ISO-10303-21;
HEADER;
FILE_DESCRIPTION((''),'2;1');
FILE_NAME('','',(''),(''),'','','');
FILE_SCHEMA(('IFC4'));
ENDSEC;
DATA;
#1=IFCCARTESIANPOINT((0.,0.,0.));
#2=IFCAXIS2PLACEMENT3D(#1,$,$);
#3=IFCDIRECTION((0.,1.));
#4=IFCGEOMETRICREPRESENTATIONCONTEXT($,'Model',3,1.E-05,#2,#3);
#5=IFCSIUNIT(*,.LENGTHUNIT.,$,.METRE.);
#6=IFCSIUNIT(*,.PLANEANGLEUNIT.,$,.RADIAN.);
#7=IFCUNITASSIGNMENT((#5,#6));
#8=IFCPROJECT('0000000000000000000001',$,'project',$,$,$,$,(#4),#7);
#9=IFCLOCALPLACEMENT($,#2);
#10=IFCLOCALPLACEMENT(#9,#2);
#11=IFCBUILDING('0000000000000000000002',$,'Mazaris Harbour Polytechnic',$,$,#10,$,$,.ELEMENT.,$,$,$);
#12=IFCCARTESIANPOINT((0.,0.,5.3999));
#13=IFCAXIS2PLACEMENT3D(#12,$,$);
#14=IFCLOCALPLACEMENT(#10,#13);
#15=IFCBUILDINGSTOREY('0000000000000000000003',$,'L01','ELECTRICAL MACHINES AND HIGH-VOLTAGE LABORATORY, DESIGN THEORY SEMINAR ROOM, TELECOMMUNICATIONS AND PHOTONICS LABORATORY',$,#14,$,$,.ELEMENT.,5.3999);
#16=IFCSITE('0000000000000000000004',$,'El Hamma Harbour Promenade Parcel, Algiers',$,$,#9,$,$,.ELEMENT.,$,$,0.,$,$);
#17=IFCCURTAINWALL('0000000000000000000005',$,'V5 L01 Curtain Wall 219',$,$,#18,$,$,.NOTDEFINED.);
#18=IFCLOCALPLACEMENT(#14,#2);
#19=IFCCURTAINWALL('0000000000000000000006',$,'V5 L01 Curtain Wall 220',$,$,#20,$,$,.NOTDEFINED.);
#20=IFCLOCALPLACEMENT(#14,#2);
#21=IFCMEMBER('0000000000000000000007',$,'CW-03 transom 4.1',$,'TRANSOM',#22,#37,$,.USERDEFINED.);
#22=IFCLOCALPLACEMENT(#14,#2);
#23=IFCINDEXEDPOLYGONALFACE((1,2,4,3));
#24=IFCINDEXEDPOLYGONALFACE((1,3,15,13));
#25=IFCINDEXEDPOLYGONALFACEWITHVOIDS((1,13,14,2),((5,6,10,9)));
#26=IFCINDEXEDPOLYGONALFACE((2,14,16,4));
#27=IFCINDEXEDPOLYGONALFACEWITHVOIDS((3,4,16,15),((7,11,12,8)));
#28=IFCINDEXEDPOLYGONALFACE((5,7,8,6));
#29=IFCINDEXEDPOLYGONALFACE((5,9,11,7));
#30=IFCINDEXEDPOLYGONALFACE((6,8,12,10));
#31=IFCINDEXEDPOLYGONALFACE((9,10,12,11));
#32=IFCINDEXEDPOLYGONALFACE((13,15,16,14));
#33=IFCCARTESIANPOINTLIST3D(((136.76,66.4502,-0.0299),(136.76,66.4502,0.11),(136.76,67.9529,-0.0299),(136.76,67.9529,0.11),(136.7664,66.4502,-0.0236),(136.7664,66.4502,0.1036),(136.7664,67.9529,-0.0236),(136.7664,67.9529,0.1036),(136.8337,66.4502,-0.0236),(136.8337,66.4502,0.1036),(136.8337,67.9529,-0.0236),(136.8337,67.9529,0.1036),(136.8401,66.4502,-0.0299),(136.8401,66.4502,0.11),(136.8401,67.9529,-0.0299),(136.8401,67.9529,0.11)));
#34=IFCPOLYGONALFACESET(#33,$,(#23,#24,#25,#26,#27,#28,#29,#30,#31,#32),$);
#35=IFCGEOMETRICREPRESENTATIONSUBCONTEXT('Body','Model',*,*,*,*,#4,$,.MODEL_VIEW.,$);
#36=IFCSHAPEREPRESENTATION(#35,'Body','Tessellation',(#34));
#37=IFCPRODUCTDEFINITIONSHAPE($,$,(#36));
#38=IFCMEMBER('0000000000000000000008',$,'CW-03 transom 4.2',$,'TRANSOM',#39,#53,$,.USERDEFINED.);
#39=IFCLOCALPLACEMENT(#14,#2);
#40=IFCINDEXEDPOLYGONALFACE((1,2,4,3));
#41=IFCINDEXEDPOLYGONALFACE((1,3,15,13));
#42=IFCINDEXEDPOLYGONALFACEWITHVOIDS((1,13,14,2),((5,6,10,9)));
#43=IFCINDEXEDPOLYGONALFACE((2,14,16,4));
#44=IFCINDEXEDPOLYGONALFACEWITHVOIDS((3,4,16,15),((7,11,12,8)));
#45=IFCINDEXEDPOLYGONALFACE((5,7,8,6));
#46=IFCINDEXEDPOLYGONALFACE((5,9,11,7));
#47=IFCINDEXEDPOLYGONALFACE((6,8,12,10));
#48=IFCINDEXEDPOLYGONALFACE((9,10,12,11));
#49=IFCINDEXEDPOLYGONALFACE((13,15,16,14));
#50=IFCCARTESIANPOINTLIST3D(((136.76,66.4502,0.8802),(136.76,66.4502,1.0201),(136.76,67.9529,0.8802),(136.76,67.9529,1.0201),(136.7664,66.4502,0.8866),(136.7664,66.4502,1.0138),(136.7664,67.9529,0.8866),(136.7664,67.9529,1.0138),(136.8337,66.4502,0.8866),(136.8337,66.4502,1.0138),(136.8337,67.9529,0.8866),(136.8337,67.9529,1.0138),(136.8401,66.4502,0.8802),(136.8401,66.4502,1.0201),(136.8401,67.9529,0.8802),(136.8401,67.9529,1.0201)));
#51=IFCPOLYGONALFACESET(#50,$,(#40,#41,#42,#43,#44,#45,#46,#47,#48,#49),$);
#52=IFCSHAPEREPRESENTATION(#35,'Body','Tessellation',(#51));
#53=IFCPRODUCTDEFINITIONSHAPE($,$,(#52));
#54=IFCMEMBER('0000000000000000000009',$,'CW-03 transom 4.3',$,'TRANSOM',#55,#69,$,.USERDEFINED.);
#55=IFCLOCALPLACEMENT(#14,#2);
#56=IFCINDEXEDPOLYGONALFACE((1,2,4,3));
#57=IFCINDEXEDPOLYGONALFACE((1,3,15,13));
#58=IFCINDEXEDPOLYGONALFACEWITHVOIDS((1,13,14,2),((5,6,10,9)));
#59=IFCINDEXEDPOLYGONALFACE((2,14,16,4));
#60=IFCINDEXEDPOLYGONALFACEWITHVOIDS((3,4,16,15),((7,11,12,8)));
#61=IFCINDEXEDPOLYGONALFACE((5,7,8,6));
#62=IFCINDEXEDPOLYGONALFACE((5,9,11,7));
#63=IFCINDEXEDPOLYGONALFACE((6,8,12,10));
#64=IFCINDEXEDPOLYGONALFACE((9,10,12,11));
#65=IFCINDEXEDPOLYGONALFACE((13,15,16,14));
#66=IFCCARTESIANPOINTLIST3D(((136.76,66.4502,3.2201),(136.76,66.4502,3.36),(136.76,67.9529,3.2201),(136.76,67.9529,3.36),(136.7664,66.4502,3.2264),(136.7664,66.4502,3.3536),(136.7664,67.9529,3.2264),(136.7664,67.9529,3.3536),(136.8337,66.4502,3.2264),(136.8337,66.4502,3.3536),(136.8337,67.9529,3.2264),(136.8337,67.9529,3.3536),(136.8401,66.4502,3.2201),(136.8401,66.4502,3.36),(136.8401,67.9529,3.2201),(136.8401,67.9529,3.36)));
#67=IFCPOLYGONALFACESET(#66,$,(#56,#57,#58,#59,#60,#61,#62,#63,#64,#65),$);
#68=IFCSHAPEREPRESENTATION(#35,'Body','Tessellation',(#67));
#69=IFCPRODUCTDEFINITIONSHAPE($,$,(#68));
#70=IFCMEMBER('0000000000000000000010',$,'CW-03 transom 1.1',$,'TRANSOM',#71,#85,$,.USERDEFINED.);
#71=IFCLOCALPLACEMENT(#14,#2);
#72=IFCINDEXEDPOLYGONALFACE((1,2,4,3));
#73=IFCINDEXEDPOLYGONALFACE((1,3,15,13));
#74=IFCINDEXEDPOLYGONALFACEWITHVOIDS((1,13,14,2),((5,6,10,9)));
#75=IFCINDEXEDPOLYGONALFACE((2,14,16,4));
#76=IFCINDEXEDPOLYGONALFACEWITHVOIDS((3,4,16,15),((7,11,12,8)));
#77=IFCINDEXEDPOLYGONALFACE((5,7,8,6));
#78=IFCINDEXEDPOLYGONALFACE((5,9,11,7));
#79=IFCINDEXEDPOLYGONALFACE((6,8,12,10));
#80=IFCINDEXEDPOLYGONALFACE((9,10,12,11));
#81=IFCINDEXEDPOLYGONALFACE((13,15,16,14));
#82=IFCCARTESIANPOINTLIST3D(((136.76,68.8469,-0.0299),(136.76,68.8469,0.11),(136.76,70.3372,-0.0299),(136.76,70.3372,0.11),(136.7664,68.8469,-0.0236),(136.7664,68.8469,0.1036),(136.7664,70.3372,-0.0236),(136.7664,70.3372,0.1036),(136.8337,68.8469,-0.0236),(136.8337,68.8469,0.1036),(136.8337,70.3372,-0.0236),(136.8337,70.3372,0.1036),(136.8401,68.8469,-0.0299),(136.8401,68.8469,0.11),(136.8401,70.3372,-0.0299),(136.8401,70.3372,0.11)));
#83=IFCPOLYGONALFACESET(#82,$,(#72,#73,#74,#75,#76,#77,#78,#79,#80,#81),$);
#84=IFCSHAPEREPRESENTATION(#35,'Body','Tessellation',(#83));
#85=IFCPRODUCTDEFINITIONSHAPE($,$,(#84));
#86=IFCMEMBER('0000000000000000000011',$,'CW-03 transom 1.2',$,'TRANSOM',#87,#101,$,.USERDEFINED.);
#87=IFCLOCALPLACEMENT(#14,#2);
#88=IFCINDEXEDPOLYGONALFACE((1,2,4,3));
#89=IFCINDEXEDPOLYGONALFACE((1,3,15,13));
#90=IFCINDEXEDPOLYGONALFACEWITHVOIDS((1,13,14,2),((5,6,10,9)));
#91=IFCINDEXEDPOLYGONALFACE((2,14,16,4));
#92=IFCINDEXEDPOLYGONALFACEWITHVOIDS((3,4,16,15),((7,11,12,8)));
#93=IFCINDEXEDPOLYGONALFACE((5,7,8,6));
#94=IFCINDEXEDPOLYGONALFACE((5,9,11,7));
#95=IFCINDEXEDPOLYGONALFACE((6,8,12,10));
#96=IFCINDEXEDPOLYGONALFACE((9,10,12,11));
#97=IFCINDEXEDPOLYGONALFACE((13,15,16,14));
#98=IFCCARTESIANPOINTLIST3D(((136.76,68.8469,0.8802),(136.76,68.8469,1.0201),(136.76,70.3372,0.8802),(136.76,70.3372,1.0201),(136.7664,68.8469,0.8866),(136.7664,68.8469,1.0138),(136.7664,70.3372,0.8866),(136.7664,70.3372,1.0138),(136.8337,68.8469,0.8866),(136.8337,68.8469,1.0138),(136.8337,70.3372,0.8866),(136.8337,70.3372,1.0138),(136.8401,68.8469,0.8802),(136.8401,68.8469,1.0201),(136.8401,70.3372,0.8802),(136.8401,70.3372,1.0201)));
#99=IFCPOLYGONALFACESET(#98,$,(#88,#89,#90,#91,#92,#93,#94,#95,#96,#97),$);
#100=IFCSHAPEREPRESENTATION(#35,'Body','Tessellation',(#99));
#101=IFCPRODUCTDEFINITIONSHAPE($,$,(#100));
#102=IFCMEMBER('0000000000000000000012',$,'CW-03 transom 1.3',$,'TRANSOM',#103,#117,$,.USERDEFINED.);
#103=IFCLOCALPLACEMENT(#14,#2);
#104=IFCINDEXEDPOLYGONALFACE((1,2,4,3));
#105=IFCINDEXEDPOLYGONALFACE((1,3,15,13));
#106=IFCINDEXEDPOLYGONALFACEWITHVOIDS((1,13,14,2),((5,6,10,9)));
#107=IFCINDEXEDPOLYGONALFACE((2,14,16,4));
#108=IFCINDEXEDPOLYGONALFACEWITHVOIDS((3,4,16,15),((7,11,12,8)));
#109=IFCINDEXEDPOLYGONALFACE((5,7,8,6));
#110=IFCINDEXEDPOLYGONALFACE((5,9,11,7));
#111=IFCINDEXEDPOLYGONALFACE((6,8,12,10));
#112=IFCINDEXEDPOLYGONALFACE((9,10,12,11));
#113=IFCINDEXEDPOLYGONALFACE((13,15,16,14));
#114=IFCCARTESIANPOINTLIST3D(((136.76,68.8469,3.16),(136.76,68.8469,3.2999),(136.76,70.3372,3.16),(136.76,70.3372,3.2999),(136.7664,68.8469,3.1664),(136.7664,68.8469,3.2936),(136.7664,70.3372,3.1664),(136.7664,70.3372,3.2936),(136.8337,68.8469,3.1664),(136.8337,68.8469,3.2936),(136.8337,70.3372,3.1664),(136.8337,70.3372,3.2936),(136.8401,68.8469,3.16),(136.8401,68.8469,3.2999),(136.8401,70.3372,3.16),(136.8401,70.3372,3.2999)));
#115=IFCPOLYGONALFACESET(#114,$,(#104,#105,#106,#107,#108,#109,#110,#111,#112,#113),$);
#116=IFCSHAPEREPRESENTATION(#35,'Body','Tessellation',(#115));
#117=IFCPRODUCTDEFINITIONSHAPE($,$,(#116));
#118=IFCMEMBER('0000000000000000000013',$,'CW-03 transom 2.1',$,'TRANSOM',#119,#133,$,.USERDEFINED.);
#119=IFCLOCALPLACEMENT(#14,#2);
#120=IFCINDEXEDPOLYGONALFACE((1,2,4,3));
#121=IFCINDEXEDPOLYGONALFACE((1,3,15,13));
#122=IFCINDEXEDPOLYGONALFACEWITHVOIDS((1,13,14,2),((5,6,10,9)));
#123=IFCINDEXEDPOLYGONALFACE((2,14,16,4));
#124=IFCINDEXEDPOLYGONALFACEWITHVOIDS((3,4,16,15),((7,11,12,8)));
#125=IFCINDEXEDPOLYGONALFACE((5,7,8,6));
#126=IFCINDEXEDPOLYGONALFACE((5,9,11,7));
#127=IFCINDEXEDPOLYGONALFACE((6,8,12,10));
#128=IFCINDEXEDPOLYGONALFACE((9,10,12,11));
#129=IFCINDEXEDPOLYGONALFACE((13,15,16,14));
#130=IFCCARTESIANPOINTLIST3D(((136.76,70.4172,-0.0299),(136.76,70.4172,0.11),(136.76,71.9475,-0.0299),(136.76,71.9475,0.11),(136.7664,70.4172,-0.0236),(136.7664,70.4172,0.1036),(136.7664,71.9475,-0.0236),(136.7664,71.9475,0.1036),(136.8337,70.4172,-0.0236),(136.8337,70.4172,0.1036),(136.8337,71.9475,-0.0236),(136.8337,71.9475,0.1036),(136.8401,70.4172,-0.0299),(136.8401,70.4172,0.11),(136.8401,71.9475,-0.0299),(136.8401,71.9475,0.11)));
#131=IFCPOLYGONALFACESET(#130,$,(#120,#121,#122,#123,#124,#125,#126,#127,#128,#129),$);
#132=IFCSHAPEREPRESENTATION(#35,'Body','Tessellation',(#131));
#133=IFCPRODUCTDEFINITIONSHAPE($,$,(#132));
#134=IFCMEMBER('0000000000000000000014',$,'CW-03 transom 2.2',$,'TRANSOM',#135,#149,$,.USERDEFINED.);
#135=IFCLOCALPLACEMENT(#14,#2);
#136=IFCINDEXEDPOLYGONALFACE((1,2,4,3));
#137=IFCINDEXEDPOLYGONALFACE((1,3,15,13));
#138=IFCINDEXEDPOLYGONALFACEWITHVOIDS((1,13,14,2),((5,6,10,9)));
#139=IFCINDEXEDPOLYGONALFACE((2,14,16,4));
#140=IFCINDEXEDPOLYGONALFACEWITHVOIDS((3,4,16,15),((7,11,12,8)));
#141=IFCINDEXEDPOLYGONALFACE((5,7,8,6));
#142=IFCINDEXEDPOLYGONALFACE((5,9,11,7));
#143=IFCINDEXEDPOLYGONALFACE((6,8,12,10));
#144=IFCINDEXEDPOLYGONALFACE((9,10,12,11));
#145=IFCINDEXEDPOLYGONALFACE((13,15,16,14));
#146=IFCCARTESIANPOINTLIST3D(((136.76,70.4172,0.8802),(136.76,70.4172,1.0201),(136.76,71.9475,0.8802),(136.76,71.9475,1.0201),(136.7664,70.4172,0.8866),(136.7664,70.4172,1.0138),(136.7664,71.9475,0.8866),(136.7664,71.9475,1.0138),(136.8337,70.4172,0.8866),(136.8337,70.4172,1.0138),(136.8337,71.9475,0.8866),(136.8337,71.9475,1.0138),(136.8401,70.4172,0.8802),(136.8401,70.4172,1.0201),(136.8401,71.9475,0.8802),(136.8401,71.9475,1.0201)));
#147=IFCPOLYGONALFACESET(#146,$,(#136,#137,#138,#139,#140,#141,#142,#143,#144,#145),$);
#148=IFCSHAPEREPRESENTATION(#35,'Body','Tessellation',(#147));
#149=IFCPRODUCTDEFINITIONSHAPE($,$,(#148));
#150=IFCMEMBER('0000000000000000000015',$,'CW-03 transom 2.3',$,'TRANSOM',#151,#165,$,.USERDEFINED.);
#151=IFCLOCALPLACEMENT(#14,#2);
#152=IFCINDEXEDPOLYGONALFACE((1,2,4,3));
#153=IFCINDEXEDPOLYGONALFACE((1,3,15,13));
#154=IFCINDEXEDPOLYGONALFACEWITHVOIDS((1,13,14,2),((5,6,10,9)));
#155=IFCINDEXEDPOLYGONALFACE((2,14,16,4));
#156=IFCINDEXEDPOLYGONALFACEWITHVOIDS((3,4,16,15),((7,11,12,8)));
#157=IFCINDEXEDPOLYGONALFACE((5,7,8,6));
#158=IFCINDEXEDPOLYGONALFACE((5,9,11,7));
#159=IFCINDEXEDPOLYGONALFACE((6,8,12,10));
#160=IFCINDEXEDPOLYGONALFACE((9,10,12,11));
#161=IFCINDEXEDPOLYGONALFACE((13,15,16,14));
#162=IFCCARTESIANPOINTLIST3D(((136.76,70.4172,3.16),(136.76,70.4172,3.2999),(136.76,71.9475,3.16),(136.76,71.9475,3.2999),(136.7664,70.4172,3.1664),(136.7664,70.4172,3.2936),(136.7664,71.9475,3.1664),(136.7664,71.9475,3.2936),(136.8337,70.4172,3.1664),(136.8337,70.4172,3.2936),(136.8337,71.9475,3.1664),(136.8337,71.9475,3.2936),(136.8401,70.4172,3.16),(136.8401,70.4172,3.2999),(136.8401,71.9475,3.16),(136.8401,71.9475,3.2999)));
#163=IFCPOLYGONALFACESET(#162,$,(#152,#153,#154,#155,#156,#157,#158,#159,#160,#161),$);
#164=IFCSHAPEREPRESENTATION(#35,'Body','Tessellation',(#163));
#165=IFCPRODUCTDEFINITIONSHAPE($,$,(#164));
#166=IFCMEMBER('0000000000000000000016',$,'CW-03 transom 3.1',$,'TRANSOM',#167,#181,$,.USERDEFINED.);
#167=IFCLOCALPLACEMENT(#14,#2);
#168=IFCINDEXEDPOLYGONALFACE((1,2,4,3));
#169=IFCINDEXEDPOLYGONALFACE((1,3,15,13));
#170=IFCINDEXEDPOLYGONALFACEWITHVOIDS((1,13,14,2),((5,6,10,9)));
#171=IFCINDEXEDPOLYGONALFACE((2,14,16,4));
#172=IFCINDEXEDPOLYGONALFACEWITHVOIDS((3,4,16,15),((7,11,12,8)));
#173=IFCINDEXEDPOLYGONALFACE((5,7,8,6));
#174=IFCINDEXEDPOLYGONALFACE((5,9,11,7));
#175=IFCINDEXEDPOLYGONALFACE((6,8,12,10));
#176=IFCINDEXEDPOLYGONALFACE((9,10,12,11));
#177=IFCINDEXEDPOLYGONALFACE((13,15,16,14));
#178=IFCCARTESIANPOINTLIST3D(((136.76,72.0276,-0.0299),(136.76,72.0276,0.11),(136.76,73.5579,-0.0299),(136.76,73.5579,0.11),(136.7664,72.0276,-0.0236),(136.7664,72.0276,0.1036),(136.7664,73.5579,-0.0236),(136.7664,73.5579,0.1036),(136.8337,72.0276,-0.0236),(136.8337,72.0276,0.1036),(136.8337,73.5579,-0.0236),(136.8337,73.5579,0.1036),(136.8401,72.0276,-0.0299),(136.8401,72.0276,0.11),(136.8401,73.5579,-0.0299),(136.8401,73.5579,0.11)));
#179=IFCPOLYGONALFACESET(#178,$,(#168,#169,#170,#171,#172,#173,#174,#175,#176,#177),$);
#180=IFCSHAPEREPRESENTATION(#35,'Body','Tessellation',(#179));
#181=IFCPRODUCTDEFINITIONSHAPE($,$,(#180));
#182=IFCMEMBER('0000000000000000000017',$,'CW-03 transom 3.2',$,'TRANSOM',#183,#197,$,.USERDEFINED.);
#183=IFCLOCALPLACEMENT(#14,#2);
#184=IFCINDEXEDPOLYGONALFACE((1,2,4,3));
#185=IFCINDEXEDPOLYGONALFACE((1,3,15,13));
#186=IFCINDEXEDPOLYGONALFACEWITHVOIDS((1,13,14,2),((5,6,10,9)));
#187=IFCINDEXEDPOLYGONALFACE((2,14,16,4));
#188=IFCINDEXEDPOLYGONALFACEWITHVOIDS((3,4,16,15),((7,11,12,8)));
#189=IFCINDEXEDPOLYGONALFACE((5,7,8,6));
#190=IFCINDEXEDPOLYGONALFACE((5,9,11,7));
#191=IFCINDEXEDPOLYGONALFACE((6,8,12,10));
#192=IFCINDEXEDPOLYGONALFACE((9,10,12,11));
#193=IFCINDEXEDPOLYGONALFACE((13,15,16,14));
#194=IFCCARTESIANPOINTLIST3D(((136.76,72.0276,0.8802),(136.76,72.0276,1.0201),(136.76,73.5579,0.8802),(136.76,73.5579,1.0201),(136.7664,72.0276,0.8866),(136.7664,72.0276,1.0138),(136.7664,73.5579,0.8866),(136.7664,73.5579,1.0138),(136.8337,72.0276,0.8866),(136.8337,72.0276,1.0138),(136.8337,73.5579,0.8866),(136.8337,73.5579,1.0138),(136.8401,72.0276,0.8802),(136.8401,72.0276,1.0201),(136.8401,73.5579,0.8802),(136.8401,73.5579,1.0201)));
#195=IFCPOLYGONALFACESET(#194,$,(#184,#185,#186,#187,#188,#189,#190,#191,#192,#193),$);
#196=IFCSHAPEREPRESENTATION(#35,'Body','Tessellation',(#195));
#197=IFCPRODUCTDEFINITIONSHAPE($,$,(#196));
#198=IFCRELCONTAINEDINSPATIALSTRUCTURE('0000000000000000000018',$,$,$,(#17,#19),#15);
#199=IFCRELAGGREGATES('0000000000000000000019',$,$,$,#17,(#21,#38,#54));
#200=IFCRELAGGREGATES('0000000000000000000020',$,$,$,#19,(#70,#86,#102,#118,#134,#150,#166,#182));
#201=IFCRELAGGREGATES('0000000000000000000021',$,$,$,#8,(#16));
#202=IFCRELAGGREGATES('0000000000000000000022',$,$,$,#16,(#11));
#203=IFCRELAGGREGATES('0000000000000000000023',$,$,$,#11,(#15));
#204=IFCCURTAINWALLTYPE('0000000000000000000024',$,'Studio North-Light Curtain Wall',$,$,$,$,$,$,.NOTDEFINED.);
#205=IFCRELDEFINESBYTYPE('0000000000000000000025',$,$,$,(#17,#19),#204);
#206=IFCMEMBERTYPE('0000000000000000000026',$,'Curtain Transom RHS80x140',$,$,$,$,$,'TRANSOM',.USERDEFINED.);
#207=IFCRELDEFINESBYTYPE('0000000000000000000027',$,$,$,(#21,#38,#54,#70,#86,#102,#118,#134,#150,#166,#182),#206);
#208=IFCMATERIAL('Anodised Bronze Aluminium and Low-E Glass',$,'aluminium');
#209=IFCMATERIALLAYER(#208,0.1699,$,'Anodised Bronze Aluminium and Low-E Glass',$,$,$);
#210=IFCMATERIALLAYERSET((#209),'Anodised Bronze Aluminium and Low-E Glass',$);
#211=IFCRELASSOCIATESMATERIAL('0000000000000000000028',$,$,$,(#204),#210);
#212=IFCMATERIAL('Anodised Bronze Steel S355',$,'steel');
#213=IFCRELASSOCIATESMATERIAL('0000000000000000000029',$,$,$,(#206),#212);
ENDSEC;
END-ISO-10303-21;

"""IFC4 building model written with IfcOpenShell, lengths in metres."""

from ifc_helpers import new_model, si_unit, direction, frame, origin, origin_2d, place, context, subcontext, project, spatial, hollow_rectangle, extrude, material, layer, layer_set, material_profile, profile_set, type_object, element, aggregate, save


model = new_model("IFC4")

# Units and contexts
model_context = context("Model", 3, precision=1e-05, world=origin(), true_north=direction((0.0, 1.0)))
body_context = subcontext(model_context, "Body", "Model", "MODEL_VIEW")
ifc_project = project(units=[si_unit("LENGTHUNIT", "METRE"), si_unit("PLANEANGLEUNIT", "RADIAN")], contexts=[model_context])

# Site, building, storey
site_placement = place(None, origin())
site = spatial("IfcSite", under=ifc_project, at=site_placement, Name="El Hamma Harbour Promenade Parcel, Algiers", CompositionType="ELEMENT", RefElevation=0.0)
building_placement = place(site_placement, origin())
building = spatial("IfcBuilding", under=site, at=building_placement, Name="Mazaris Harbour Polytechnic", CompositionType="ELEMENT")
storey_placement = place(building_placement, frame((0.0, 0.0, 5.3999)))
storey = spatial("IfcBuildingStorey", under=building, at=storey_placement, Name="L01", Description="ELECTRICAL MACHINES AND HIGH-VOLTAGE LABORATORY, DESIGN THEORY SEMINAR ROOM, TELECOMMUNICATIONS AND PHOTONICS LABORATORY", CompositionType="ELEMENT", Elevation=5.3999)

# Curtain walls
ifc_material_1 = material(Name="Anodised Bronze Aluminium and Low-E Glass", Category="aluminium")
ifc_layer_1 = layer(ifc_material_1, 0.1699, Name="Anodised Bronze Aluminium and Low-E Glass")
ifc_layer_set_1 = layer_set([ifc_layer_1], Name="Anodised Bronze Aluminium and Low-E Glass")
curtain_wall_type = type_object("IfcCurtainWallType", Name="Studio North-Light Curtain Wall", PredefinedType="NOTDEFINED", material=ifc_layer_set_1)
curtain_wall_1_placement = place(storey_placement, origin())
curtain_wall_1 = element("IfcCurtainWall", 1, at=curtain_wall_1_placement, inside=storey, type_object=curtain_wall_type, Name="V5 L01 Curtain Wall 219", PredefinedType="NOTDEFINED")
curtain_wall_2_placement = place(storey_placement, origin())
curtain_wall_2 = element("IfcCurtainWall", 2, at=curtain_wall_2_placement, inside=storey, type_object=curtain_wall_type, Name="V5 L01 Curtain Wall 220", PredefinedType="NOTDEFINED")

# Members
ifc_material_2 = material(Name="Anodised Bronze Steel S355", Category="steel")
ifc_material_profile_1 = material_profile(ifc_material_2, hollow_rectangle(XDim=0.0801, YDim=0.1399, WallThickness=0.0063, at=origin_2d()), Name="RHS 80x140x6.3")
ifc_profile_set_1 = profile_set([ifc_material_profile_1], Name="Anodised Bronze Steel S355")
member_type_1 = type_object("IfcMemberType", Name="Curtain Transom RHS80x140", ElementType="TRANSOM", PredefinedType="USERDEFINED", material=ifc_profile_set_1)
member_1_placement = place(storey_placement, frame((136.8, 66.4502, 0.04), z_axis=(0.0, 1.0, 0.0), x_axis=(-1.0, 0.0, 0.0)))
member_1 = element("IfcMember", 3, at=member_1_placement, type_object=member_type_1, Name="CW-03 transom 4.1", ObjectType="TRANSOM", PredefinedType="USERDEFINED", context=body_context, shape_type="SweptSolid", body=[
    extrude(hollow_rectangle(XDim=0.0801, YDim=0.1399, WallThickness=0.0063, at=origin_2d()), origin(), (0.0, 0.0, 1.0), 1.5027),
])
member_2_placement = place(storey_placement, frame((136.8, 66.4502, 0.9502), z_axis=(0.0, 1.0, 0.0), x_axis=(-1.0, 0.0, 0.0)))
member_2 = element("IfcMember", 4, at=member_2_placement, type_object=member_type_1, Name="CW-03 transom 4.2", ObjectType="TRANSOM", PredefinedType="USERDEFINED", context=body_context, shape_type="SweptSolid", body=[
    extrude(hollow_rectangle(XDim=0.0801, YDim=0.1399, WallThickness=0.0063, at=origin_2d()), origin(), (0.0, 0.0, 1.0), 1.5027),
])
member_3_placement = place(storey_placement, frame((136.8, 66.4502, 3.29), z_axis=(0.0, 1.0, 0.0), x_axis=(-1.0, 0.0, 0.0)))
member_3 = element("IfcMember", 5, at=member_3_placement, type_object=member_type_1, Name="CW-03 transom 4.3", ObjectType="TRANSOM", PredefinedType="USERDEFINED", context=body_context, shape_type="SweptSolid", body=[
    extrude(hollow_rectangle(XDim=0.0801, YDim=0.1399, WallThickness=0.0063, at=origin_2d()), origin(), (0.0, 0.0, 1.0), 1.5027),
])
member_4_placement = place(storey_placement, frame((136.8, 68.8469, 0.04), z_axis=(0.0, 1.0, 0.0), x_axis=(-1.0, 0.0, 0.0)))
member_4 = element("IfcMember", 6, at=member_4_placement, type_object=member_type_1, Name="CW-03 transom 1.1", ObjectType="TRANSOM", PredefinedType="USERDEFINED", context=body_context, shape_type="SweptSolid", body=[
    extrude(hollow_rectangle(XDim=0.0801, YDim=0.1399, WallThickness=0.0063, at=origin_2d()), origin(), (0.0, 0.0, 1.0), 1.4902),
])
member_5_placement = place(storey_placement, frame((136.8, 68.8469, 0.9502), z_axis=(0.0, 1.0, 0.0), x_axis=(-1.0, 0.0, 0.0)))
member_5 = element("IfcMember", 7, at=member_5_placement, type_object=member_type_1, Name="CW-03 transom 1.2", ObjectType="TRANSOM", PredefinedType="USERDEFINED", context=body_context, shape_type="SweptSolid", body=[
    extrude(hollow_rectangle(XDim=0.0801, YDim=0.1399, WallThickness=0.0063, at=origin_2d()), origin(), (0.0, 0.0, 1.0), 1.4902),
])
member_6_placement = place(storey_placement, frame((136.8, 68.8469, 3.23), z_axis=(0.0, 1.0, 0.0), x_axis=(-1.0, 0.0, 0.0)))
member_6 = element("IfcMember", 8, at=member_6_placement, type_object=member_type_1, Name="CW-03 transom 1.3", ObjectType="TRANSOM", PredefinedType="USERDEFINED", context=body_context, shape_type="SweptSolid", body=[
    extrude(hollow_rectangle(XDim=0.0801, YDim=0.1399, WallThickness=0.0063, at=origin_2d()), origin(), (0.0, 0.0, 1.0), 1.4902),
])
member_7_placement = place(storey_placement, frame((136.8, 70.4172, 0.04), z_axis=(0.0, 1.0, 0.0), x_axis=(-1.0, 0.0, 0.0)))
member_7 = element("IfcMember", 9, at=member_7_placement, type_object=member_type_1, Name="CW-03 transom 2.1", ObjectType="TRANSOM", PredefinedType="USERDEFINED", context=body_context, shape_type="SweptSolid", body=[
    extrude(hollow_rectangle(XDim=0.0801, YDim=0.1399, WallThickness=0.0063, at=origin_2d()), origin(), (0.0, 0.0, 1.0), 1.5303),
])
member_8_placement = place(storey_placement, frame((136.8, 70.4172, 0.9502), z_axis=(0.0, 1.0, 0.0), x_axis=(-1.0, 0.0, 0.0)))
member_8 = element("IfcMember", 10, at=member_8_placement, type_object=member_type_1, Name="CW-03 transom 2.2", ObjectType="TRANSOM", PredefinedType="USERDEFINED", context=body_context, shape_type="SweptSolid", body=[
    extrude(hollow_rectangle(XDim=0.0801, YDim=0.1399, WallThickness=0.0063, at=origin_2d()), origin(), (0.0, 0.0, 1.0), 1.5303),
])
member_9_placement = place(storey_placement, frame((136.8, 70.4172, 3.23), z_axis=(0.0, 1.0, 0.0), x_axis=(-1.0, 0.0, 0.0)))
member_9 = element("IfcMember", 11, at=member_9_placement, type_object=member_type_1, Name="CW-03 transom 2.3", ObjectType="TRANSOM", PredefinedType="USERDEFINED", context=body_context, shape_type="SweptSolid", body=[
    extrude(hollow_rectangle(XDim=0.0801, YDim=0.1399, WallThickness=0.0063, at=origin_2d()), origin(), (0.0, 0.0, 1.0), 1.5303),
])
member_10_placement = place(storey_placement, frame((136.8, 72.0276, 0.04), z_axis=(0.0, 1.0, 0.0), x_axis=(-1.0, 0.0, 0.0)))
member_10 = element("IfcMember", 12, at=member_10_placement, type_object=member_type_1, Name="CW-03 transom 3.1", ObjectType="TRANSOM", PredefinedType="USERDEFINED", context=body_context, shape_type="SweptSolid", body=[
    extrude(hollow_rectangle(XDim=0.0801, YDim=0.1399, WallThickness=0.0063, at=origin_2d()), origin(), (0.0, 0.0, 1.0), 1.5303),
])
member_11_placement = place(storey_placement, frame((136.8, 72.0276, 0.9502), z_axis=(0.0, 1.0, 0.0), x_axis=(-1.0, 0.0, 0.0)))
member_11 = element("IfcMember", 13, at=member_11_placement, type_object=member_type_1, Name="CW-03 transom 3.2", ObjectType="TRANSOM", PredefinedType="USERDEFINED", context=body_context, shape_type="SweptSolid", body=[
    extrude(hollow_rectangle(XDim=0.0801, YDim=0.1399, WallThickness=0.0063, at=origin_2d()), origin(), (0.0, 0.0, 1.0), 1.5303),
])

aggregate(curtain_wall_1, [member_1, member_2, member_3])
aggregate(curtain_wall_2, [member_4, member_5, member_6, member_7, member_8, member_9, member_10, member_11])

save(model, "model.ifc")
